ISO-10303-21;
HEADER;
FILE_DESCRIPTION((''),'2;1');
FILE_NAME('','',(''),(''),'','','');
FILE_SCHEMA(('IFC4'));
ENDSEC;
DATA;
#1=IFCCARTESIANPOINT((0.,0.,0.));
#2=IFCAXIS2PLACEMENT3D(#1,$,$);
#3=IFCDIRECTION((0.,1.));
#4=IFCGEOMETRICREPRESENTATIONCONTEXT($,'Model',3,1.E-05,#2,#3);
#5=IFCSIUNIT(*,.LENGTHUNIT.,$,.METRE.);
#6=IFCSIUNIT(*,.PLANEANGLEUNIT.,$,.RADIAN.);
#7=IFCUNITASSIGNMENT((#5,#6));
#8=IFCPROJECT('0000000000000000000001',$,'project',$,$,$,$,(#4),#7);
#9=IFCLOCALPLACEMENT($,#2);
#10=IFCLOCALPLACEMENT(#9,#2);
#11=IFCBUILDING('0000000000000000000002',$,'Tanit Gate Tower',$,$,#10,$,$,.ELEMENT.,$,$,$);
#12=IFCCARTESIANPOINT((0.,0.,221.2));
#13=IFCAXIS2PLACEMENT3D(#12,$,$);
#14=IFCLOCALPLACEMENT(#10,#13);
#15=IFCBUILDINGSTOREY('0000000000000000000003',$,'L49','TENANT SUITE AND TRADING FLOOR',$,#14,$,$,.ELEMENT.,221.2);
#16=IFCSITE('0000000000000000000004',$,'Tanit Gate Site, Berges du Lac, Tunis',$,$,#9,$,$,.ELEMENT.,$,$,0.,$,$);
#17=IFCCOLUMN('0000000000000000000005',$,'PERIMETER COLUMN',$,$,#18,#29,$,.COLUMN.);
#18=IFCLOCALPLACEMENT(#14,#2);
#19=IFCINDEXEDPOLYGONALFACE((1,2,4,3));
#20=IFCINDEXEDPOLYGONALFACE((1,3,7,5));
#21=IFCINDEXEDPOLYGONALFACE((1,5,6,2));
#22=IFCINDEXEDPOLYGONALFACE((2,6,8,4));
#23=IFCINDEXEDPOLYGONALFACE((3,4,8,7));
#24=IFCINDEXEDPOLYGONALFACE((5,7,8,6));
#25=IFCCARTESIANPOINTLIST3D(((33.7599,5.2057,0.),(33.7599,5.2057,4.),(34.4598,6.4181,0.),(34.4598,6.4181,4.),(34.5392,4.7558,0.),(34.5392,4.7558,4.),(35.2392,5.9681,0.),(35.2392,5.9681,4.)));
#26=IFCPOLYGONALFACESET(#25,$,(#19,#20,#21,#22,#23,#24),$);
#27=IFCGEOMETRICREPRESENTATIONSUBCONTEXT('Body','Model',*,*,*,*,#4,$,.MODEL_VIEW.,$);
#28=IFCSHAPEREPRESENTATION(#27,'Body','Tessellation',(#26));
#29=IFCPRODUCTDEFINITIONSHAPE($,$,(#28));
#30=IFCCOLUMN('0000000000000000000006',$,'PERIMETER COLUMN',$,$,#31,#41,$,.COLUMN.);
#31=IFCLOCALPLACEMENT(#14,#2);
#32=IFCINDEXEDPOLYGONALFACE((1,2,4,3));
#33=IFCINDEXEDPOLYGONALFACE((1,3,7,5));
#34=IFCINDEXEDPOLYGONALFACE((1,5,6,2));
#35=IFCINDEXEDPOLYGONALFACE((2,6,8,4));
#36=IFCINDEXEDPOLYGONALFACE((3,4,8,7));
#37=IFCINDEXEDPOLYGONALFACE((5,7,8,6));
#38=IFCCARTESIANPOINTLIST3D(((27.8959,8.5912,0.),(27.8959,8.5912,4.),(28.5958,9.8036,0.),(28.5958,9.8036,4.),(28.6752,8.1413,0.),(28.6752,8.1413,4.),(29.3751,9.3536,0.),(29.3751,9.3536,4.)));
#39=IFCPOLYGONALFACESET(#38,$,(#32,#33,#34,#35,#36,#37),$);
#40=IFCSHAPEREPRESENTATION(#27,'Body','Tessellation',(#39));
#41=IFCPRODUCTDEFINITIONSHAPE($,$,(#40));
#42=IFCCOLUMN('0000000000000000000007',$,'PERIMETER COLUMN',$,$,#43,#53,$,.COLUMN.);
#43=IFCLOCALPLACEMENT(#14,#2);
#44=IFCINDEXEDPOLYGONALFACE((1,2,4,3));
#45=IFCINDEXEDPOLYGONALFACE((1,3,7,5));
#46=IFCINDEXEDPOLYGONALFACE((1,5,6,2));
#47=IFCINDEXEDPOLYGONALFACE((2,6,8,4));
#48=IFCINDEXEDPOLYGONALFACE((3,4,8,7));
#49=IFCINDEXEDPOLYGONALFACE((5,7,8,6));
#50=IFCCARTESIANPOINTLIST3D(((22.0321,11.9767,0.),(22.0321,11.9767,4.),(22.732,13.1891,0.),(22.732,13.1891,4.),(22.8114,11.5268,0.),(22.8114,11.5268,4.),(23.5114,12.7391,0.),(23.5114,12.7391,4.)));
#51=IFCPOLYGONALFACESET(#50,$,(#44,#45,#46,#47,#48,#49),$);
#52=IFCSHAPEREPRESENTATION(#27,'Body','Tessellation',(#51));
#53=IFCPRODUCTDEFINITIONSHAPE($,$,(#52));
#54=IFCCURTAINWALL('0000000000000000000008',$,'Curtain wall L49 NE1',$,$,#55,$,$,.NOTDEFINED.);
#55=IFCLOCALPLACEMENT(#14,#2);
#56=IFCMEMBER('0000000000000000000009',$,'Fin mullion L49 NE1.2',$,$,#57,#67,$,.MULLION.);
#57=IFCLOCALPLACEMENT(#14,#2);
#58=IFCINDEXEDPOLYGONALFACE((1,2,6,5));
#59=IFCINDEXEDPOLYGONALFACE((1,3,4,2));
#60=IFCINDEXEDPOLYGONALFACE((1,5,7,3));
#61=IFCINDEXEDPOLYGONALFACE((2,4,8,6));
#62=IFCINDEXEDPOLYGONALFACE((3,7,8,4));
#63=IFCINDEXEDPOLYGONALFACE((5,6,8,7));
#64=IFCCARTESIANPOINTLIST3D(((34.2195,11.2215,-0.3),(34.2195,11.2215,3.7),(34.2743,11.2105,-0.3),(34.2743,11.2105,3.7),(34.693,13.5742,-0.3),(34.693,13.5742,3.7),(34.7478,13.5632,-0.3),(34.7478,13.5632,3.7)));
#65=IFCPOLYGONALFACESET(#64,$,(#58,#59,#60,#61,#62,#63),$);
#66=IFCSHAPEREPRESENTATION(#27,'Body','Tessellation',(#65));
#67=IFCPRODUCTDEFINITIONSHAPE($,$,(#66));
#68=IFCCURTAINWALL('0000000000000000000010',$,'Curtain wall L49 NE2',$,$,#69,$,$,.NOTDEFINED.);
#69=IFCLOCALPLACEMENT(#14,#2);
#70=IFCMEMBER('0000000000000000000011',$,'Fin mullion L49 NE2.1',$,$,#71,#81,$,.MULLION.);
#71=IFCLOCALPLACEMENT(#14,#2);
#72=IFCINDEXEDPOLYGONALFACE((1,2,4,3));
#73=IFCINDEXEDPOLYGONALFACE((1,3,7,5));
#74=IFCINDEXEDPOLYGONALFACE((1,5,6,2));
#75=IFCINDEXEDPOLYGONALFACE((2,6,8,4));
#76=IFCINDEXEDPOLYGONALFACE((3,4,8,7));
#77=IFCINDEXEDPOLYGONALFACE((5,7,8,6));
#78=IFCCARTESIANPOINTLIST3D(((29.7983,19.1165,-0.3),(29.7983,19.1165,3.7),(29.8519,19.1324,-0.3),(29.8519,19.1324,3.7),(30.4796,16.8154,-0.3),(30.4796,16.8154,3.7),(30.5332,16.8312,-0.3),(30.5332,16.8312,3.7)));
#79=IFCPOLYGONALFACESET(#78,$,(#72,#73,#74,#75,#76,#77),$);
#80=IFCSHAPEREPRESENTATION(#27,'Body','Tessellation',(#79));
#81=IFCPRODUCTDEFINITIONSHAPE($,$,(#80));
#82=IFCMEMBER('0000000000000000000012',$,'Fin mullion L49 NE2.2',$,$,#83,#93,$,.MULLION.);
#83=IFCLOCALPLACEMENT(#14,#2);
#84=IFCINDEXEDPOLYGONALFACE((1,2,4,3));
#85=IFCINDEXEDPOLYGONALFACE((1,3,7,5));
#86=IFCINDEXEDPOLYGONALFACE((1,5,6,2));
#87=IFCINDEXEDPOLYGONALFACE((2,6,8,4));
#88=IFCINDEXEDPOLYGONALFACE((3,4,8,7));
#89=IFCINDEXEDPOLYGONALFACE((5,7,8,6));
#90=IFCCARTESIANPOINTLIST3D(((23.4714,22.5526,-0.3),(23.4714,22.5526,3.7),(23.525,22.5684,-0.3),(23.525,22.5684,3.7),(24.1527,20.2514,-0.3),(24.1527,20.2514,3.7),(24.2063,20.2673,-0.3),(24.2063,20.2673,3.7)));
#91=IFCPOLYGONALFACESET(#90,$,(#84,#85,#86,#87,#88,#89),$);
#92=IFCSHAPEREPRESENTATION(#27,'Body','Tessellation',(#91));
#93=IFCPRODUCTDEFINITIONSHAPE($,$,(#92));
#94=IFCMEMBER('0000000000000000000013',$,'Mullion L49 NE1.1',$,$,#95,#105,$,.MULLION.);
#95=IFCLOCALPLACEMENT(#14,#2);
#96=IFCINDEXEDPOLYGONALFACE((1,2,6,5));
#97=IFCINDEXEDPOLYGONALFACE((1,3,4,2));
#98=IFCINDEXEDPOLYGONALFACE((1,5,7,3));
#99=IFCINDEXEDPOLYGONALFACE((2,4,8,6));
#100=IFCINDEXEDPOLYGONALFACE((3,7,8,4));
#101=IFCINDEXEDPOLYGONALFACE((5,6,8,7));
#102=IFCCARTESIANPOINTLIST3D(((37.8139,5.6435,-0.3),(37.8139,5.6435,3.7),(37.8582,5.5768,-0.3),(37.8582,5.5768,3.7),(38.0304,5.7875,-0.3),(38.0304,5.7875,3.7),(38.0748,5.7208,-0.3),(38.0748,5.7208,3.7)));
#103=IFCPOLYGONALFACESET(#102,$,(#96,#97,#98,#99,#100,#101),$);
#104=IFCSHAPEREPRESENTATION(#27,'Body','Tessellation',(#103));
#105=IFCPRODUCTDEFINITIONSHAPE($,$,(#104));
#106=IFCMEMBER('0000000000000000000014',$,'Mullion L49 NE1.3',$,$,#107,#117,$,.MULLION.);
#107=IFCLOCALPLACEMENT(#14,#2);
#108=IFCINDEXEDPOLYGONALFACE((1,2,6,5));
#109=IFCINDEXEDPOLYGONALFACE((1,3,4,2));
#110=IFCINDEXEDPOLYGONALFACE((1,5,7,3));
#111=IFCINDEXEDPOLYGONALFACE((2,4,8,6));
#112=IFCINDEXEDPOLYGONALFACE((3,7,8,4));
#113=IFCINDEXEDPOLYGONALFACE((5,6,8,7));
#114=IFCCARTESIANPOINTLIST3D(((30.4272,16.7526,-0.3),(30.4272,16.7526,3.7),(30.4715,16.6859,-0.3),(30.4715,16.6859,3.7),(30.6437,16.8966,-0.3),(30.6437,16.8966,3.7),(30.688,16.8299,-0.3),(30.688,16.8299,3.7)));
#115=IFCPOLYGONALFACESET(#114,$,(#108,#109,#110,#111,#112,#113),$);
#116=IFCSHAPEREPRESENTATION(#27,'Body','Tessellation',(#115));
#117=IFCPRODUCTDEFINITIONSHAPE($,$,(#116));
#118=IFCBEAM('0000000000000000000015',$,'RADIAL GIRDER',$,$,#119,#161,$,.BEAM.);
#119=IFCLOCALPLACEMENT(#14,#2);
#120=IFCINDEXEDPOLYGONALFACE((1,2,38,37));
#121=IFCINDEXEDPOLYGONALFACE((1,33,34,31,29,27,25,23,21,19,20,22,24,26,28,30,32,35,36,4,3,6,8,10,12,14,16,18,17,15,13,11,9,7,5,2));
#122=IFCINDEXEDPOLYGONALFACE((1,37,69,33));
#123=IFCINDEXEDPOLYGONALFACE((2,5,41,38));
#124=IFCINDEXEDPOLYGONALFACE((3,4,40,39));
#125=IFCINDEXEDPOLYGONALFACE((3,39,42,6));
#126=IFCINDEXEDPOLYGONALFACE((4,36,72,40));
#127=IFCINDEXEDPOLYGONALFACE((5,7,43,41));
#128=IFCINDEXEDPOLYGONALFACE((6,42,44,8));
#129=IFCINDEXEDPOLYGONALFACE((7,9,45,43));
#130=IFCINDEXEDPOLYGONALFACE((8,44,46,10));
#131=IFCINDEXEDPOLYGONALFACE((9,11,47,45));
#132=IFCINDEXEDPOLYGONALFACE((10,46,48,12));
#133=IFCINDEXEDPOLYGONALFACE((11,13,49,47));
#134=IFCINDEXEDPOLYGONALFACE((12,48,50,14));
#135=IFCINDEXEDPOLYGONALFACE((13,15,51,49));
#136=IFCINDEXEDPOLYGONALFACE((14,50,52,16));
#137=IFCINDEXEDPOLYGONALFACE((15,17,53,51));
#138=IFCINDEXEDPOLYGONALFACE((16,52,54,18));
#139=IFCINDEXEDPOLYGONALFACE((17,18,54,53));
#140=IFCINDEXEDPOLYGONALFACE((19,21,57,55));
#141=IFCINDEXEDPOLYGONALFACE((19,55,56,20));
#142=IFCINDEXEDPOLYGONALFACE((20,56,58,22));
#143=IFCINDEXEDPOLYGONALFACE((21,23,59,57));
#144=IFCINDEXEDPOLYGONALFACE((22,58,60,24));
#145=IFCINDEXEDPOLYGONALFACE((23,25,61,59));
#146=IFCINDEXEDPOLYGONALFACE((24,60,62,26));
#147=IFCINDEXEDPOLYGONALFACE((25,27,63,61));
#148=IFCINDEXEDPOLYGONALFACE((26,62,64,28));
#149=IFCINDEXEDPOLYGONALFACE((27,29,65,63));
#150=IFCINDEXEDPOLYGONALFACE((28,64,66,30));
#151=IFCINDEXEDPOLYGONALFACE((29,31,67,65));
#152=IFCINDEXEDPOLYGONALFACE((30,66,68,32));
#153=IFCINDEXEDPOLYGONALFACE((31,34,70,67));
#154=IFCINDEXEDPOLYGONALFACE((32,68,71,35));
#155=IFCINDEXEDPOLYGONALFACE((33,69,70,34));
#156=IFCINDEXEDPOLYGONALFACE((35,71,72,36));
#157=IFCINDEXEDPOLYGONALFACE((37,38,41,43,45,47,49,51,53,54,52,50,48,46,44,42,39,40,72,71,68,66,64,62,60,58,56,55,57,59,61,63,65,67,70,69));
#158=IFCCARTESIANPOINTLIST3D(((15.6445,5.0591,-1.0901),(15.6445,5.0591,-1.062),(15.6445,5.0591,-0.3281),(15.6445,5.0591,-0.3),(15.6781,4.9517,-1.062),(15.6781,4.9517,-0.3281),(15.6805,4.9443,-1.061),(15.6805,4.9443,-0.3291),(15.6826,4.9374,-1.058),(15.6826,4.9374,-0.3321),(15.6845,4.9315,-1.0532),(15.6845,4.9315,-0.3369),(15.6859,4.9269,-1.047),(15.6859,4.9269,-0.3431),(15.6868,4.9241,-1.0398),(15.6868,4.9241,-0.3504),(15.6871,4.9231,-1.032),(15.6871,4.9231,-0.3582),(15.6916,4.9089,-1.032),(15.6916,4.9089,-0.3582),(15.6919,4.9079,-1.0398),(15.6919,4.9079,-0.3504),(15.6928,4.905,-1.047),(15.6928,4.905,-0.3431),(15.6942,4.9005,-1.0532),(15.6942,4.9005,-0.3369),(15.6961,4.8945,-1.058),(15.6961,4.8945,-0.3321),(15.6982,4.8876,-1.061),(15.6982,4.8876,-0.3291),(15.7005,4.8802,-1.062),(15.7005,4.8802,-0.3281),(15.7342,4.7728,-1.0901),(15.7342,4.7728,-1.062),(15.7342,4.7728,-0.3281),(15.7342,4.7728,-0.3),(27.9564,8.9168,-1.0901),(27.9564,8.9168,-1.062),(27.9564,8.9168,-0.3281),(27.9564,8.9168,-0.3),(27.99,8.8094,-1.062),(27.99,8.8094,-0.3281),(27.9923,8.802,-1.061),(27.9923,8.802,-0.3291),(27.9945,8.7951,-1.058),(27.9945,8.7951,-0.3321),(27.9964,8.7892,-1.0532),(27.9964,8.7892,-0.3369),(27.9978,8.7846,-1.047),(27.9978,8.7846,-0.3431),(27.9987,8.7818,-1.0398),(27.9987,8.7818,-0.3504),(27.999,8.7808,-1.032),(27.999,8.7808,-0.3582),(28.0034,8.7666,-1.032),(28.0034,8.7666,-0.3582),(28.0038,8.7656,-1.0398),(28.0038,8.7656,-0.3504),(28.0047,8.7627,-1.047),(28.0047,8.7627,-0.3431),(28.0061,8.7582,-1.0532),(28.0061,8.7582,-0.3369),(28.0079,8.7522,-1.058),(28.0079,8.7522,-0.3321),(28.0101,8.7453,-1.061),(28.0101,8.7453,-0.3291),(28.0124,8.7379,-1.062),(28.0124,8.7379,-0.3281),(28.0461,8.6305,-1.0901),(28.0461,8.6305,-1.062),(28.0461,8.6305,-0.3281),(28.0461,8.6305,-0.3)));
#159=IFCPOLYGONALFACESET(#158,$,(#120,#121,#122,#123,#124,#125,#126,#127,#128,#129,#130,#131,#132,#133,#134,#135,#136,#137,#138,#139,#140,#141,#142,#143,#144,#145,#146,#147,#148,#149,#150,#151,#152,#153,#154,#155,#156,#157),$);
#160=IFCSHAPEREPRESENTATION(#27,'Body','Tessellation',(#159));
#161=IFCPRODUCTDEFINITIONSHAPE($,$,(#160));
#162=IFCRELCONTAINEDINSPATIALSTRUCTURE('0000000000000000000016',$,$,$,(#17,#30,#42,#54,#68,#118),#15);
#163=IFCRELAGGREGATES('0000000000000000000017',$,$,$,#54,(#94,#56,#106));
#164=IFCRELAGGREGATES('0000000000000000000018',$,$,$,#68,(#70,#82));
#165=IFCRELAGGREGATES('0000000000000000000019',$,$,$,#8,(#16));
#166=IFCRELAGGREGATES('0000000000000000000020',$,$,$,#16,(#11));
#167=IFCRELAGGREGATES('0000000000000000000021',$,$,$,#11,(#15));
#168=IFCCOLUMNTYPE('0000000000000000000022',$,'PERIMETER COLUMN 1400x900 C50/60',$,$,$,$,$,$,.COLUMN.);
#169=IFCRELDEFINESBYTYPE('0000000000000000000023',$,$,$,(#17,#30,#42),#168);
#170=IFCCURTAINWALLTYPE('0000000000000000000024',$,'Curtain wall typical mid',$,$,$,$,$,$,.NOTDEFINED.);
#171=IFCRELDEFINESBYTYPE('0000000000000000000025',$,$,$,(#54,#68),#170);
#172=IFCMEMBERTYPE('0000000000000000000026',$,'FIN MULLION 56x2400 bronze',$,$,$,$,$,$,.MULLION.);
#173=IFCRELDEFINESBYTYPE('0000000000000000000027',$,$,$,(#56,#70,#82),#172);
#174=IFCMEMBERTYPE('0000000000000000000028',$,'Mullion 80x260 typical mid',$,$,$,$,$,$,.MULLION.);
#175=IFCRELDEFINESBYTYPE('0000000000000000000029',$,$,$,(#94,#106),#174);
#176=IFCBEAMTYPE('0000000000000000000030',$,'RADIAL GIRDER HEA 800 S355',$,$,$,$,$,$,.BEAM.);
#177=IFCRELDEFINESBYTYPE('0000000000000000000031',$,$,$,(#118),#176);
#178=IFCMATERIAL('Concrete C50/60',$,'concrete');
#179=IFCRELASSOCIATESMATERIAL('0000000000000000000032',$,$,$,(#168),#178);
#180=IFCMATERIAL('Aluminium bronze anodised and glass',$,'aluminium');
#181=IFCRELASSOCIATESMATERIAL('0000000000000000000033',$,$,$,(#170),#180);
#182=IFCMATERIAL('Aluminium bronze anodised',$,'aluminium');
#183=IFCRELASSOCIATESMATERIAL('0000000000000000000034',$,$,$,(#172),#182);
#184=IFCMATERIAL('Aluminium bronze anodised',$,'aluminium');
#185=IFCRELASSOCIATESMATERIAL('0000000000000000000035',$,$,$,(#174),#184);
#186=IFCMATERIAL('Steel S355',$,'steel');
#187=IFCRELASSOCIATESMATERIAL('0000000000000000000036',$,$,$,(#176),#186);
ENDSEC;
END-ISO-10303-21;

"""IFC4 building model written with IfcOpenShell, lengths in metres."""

from ifc_helpers import new_model, si_unit, direction, frame, origin, origin_2d, place, context, subcontext, project, spatial, rectangle, i_section, extrude, material, material_profile, profile_set, type_object, element, aggregate, save


model = new_model("IFC4")

# Units and contexts
model_context = context("Model", 3, precision=1e-05, world=origin(), true_north=direction((0.0, 1.0)))
body_context = subcontext(model_context, "Body", "Model", "MODEL_VIEW")
ifc_project = project(units=[si_unit("LENGTHUNIT", "METRE"), si_unit("PLANEANGLEUNIT", "RADIAN")], contexts=[model_context])

# Site, building, storey
site_placement = place(None, origin())
site = spatial("IfcSite", under=ifc_project, at=site_placement, Name="Tanit Gate Site, Berges du Lac, Tunis", CompositionType="ELEMENT", RefElevation=0.0)
building_placement = place(site_placement, origin())
building = spatial("IfcBuilding", under=site, at=building_placement, Name="Tanit Gate Tower", CompositionType="ELEMENT")
storey_placement = place(building_placement, frame((0.0, 0.0, 221.2)))
storey = spatial("IfcBuildingStorey", under=building, at=storey_placement, Name="L49", Description="TENANT SUITE AND TRADING FLOOR", CompositionType="ELEMENT", Elevation=221.2)

# Columns
ifc_material_1 = material(Name="Concrete C50/60", Category="concrete")
ifc_material_profile_1 = material_profile(ifc_material_1, rectangle(XDim=1.3999, YDim=0.8999, at=origin_2d()), Name="RC 1400x900")
ifc_profile_set_1 = profile_set([ifc_material_profile_1], Name="Concrete C50/60")
column_type = type_object("IfcColumnType", Name="PERIMETER COLUMN 1400x900 C50/60", PredefinedType="COLUMN", material=ifc_profile_set_1)
for number, where, z_axis, x_axis, name in (
    (1, (34.4995, 5.5869, 0.0), (0.0, 0.0, 1.0), (0.5, 0.866025, 0.0), "PERIMETER COLUMN"),
    (2, (28.6355, 8.9724, 0.0), (0.0, 0.0, 1.0), (0.5, 0.866025, 0.0), "PERIMETER COLUMN"),
    (3, (22.7717, 12.3579, 0.0), (0.0, 0.0, 1.0), (0.5, 0.866025, 0.0), "PERIMETER COLUMN"),
):
    element("IfcColumn", number, at=place(storey_placement, frame(where, z_axis=z_axis, x_axis=x_axis)), inside=storey, type_object=column_type, Name=name, PredefinedType="COLUMN", context=body_context, shape_type="SweptSolid", body=[
        extrude(rectangle(XDim=1.3999, YDim=0.8999, at=origin_2d()), origin(), (0.0, 0.0, 1.0), 4.0),
    ])

# Curtain wall, member
ifc_material_2 = material(Name="Aluminium bronze anodised and glass", Category="aluminium")
curtain_wall_type = type_object("IfcCurtainWallType", Name="Curtain wall typical mid", PredefinedType="NOTDEFINED", material=ifc_material_2)
curtain_wall_1_placement = place(storey_placement, origin())
curtain_wall_1 = element("IfcCurtainWall", 4, at=curtain_wall_1_placement, inside=storey, type_object=curtain_wall_type, Name="Curtain wall L49 NE1", PredefinedType="NOTDEFINED")
ifc_material_3 = material(Name="Aluminium bronze anodised", Category="aluminium")
ifc_material_profile_2 = material_profile(ifc_material_3, rectangle(XDim=2.3999, YDim=0.0559, at=origin_2d()), Name="56x2400 bronze fin mullion")
ifc_profile_set_2 = profile_set([ifc_material_profile_2], Name="Aluminium bronze anodised")
member_type_1 = type_object("IfcMemberType", Name="FIN MULLION 56x2400 bronze", PredefinedType="MULLION", material=ifc_profile_set_2)
member_1_placement = place(storey_placement, frame((34.4836, 12.3923, -0.3), z_axis=(0.0, 0.0, 1.0), x_axis=(-0.197295, -0.980344, 0.0)))
member_1 = element("IfcMember", 5, at=member_1_placement, type_object=member_type_1, Name="Fin mullion L49 NE1.2", PredefinedType="MULLION", context=body_context, shape_type="SweptSolid", body=[
    extrude(rectangle(XDim=2.3999, YDim=0.0559, at=origin_2d()), origin(), (0.0, 0.0, 1.0), 4.0),
])

# Curtain wall, members
curtain_wall_2_placement = place(storey_placement, origin())
curtain_wall_2 = element("IfcCurtainWall", 6, at=curtain_wall_2_placement, inside=storey, type_object=curtain_wall_type, Name="Curtain wall L49 NE2", PredefinedType="NOTDEFINED")
member_2_placement = place(storey_placement, frame((30.1658, 17.9739, -0.3), z_axis=(0.0, 0.0, 1.0), x_axis=(0.283906, -0.958852, 0.0)))
member_2 = element("IfcMember", 7, at=member_2_placement, type_object=member_type_1, Name="Fin mullion L49 NE2.1", PredefinedType="MULLION", context=body_context, shape_type="SweptSolid", body=[
    extrude(rectangle(XDim=2.3999, YDim=0.0559, at=origin_2d()), origin(), (0.0, 0.0, 1.0), 4.0),
])
member_3_placement = place(storey_placement, frame((23.8389, 21.4099, -0.3), z_axis=(0.0, 0.0, 1.0), x_axis=(0.283906, -0.958852, 0.0)))
member_3 = element("IfcMember", 8, at=member_3_placement, type_object=member_type_1, Name="Fin mullion L49 NE2.2", PredefinedType="MULLION", context=body_context, shape_type="SweptSolid", body=[
    extrude(rectangle(XDim=2.3999, YDim=0.0559, at=origin_2d()), origin(), (0.0, 0.0, 1.0), 4.0),
])

# Members
ifc_material_4 = material(Name="Aluminium bronze anodised", Category="aluminium")
ifc_material_profile_3 = material_profile(ifc_material_4, rectangle(XDim=0.26, YDim=0.0801, at=origin_2d()), Name="80x260 bronze mullion")
ifc_profile_set_3 = profile_set([ifc_material_profile_3], Name="Aluminium bronze anodised")
member_type_2 = type_object("IfcMemberType", Name="Mullion 80x260 typical mid", PredefinedType="MULLION", material=ifc_profile_set_3)
member_4_placement = place(storey_placement, frame((37.9443, 5.6821, -0.3), z_axis=(0.0, 0.0, 1.0), x_axis=(-0.832717, -0.553699, 0.0)))
member_4 = element("IfcMember", 9, at=member_4_placement, type_object=member_type_2, Name="Mullion L49 NE1.1", PredefinedType="MULLION", context=body_context, shape_type="SweptSolid", body=[
    extrude(rectangle(XDim=0.26, YDim=0.0801, at=origin_2d()), origin(), (0.0, 0.0, 1.0), 4.0),
])
member_5_placement = place(storey_placement, frame((30.5576, 16.7913, -0.3), z_axis=(0.0, 0.0, 1.0), x_axis=(-0.832717, -0.553699, 0.0)))
member_5 = element("IfcMember", 10, at=member_5_placement, type_object=member_type_2, Name="Mullion L49 NE1.3", PredefinedType="MULLION", context=body_context, shape_type="SweptSolid", body=[
    extrude(rectangle(XDim=0.26, YDim=0.0801, at=origin_2d()), origin(), (0.0, 0.0, 1.0), 4.0),
])

# Beam
ifc_material_5 = material(Name="Steel S355", Category="steel")
ifc_material_profile_4 = material_profile(ifc_material_5, i_section(OverallWidth=0.3, OverallDepth=0.79, WebThickness=0.0149, FlangeThickness=0.0281, FilletRadius=0.03, at=origin_2d()), Name="HEA 800")
ifc_profile_set_4 = profile_set([ifc_material_profile_4], Name="Steel S355")
beam_type_1 = type_object("IfcBeamType", Name="RADIAL GIRDER HEA 800 S355", PredefinedType="BEAM", material=ifc_profile_set_4)
beam_1_placement = place(storey_placement, frame((28.0012, 8.7737, -0.6951), z_axis=(-0.954254, -0.298998, 0.0), x_axis=(0.298998, -0.954254, 0.0)))
element("IfcBeam", 11, at=beam_1_placement, inside=storey, type_object=beam_type_1, Name="RADIAL GIRDER", PredefinedType="BEAM", context=body_context, shape_type="SweptSolid", body=[
    extrude(i_section(OverallWidth=0.3, OverallDepth=0.79, WebThickness=0.0149, FlangeThickness=0.0281, FilletRadius=0.03, at=origin_2d()), origin(), (0.0, 0.0, 1.0), 12.9021),
])

aggregate(curtain_wall_1, [member_4, member_1, member_5])
aggregate(curtain_wall_2, [member_2, member_3])

save(model, "model.ifc")
